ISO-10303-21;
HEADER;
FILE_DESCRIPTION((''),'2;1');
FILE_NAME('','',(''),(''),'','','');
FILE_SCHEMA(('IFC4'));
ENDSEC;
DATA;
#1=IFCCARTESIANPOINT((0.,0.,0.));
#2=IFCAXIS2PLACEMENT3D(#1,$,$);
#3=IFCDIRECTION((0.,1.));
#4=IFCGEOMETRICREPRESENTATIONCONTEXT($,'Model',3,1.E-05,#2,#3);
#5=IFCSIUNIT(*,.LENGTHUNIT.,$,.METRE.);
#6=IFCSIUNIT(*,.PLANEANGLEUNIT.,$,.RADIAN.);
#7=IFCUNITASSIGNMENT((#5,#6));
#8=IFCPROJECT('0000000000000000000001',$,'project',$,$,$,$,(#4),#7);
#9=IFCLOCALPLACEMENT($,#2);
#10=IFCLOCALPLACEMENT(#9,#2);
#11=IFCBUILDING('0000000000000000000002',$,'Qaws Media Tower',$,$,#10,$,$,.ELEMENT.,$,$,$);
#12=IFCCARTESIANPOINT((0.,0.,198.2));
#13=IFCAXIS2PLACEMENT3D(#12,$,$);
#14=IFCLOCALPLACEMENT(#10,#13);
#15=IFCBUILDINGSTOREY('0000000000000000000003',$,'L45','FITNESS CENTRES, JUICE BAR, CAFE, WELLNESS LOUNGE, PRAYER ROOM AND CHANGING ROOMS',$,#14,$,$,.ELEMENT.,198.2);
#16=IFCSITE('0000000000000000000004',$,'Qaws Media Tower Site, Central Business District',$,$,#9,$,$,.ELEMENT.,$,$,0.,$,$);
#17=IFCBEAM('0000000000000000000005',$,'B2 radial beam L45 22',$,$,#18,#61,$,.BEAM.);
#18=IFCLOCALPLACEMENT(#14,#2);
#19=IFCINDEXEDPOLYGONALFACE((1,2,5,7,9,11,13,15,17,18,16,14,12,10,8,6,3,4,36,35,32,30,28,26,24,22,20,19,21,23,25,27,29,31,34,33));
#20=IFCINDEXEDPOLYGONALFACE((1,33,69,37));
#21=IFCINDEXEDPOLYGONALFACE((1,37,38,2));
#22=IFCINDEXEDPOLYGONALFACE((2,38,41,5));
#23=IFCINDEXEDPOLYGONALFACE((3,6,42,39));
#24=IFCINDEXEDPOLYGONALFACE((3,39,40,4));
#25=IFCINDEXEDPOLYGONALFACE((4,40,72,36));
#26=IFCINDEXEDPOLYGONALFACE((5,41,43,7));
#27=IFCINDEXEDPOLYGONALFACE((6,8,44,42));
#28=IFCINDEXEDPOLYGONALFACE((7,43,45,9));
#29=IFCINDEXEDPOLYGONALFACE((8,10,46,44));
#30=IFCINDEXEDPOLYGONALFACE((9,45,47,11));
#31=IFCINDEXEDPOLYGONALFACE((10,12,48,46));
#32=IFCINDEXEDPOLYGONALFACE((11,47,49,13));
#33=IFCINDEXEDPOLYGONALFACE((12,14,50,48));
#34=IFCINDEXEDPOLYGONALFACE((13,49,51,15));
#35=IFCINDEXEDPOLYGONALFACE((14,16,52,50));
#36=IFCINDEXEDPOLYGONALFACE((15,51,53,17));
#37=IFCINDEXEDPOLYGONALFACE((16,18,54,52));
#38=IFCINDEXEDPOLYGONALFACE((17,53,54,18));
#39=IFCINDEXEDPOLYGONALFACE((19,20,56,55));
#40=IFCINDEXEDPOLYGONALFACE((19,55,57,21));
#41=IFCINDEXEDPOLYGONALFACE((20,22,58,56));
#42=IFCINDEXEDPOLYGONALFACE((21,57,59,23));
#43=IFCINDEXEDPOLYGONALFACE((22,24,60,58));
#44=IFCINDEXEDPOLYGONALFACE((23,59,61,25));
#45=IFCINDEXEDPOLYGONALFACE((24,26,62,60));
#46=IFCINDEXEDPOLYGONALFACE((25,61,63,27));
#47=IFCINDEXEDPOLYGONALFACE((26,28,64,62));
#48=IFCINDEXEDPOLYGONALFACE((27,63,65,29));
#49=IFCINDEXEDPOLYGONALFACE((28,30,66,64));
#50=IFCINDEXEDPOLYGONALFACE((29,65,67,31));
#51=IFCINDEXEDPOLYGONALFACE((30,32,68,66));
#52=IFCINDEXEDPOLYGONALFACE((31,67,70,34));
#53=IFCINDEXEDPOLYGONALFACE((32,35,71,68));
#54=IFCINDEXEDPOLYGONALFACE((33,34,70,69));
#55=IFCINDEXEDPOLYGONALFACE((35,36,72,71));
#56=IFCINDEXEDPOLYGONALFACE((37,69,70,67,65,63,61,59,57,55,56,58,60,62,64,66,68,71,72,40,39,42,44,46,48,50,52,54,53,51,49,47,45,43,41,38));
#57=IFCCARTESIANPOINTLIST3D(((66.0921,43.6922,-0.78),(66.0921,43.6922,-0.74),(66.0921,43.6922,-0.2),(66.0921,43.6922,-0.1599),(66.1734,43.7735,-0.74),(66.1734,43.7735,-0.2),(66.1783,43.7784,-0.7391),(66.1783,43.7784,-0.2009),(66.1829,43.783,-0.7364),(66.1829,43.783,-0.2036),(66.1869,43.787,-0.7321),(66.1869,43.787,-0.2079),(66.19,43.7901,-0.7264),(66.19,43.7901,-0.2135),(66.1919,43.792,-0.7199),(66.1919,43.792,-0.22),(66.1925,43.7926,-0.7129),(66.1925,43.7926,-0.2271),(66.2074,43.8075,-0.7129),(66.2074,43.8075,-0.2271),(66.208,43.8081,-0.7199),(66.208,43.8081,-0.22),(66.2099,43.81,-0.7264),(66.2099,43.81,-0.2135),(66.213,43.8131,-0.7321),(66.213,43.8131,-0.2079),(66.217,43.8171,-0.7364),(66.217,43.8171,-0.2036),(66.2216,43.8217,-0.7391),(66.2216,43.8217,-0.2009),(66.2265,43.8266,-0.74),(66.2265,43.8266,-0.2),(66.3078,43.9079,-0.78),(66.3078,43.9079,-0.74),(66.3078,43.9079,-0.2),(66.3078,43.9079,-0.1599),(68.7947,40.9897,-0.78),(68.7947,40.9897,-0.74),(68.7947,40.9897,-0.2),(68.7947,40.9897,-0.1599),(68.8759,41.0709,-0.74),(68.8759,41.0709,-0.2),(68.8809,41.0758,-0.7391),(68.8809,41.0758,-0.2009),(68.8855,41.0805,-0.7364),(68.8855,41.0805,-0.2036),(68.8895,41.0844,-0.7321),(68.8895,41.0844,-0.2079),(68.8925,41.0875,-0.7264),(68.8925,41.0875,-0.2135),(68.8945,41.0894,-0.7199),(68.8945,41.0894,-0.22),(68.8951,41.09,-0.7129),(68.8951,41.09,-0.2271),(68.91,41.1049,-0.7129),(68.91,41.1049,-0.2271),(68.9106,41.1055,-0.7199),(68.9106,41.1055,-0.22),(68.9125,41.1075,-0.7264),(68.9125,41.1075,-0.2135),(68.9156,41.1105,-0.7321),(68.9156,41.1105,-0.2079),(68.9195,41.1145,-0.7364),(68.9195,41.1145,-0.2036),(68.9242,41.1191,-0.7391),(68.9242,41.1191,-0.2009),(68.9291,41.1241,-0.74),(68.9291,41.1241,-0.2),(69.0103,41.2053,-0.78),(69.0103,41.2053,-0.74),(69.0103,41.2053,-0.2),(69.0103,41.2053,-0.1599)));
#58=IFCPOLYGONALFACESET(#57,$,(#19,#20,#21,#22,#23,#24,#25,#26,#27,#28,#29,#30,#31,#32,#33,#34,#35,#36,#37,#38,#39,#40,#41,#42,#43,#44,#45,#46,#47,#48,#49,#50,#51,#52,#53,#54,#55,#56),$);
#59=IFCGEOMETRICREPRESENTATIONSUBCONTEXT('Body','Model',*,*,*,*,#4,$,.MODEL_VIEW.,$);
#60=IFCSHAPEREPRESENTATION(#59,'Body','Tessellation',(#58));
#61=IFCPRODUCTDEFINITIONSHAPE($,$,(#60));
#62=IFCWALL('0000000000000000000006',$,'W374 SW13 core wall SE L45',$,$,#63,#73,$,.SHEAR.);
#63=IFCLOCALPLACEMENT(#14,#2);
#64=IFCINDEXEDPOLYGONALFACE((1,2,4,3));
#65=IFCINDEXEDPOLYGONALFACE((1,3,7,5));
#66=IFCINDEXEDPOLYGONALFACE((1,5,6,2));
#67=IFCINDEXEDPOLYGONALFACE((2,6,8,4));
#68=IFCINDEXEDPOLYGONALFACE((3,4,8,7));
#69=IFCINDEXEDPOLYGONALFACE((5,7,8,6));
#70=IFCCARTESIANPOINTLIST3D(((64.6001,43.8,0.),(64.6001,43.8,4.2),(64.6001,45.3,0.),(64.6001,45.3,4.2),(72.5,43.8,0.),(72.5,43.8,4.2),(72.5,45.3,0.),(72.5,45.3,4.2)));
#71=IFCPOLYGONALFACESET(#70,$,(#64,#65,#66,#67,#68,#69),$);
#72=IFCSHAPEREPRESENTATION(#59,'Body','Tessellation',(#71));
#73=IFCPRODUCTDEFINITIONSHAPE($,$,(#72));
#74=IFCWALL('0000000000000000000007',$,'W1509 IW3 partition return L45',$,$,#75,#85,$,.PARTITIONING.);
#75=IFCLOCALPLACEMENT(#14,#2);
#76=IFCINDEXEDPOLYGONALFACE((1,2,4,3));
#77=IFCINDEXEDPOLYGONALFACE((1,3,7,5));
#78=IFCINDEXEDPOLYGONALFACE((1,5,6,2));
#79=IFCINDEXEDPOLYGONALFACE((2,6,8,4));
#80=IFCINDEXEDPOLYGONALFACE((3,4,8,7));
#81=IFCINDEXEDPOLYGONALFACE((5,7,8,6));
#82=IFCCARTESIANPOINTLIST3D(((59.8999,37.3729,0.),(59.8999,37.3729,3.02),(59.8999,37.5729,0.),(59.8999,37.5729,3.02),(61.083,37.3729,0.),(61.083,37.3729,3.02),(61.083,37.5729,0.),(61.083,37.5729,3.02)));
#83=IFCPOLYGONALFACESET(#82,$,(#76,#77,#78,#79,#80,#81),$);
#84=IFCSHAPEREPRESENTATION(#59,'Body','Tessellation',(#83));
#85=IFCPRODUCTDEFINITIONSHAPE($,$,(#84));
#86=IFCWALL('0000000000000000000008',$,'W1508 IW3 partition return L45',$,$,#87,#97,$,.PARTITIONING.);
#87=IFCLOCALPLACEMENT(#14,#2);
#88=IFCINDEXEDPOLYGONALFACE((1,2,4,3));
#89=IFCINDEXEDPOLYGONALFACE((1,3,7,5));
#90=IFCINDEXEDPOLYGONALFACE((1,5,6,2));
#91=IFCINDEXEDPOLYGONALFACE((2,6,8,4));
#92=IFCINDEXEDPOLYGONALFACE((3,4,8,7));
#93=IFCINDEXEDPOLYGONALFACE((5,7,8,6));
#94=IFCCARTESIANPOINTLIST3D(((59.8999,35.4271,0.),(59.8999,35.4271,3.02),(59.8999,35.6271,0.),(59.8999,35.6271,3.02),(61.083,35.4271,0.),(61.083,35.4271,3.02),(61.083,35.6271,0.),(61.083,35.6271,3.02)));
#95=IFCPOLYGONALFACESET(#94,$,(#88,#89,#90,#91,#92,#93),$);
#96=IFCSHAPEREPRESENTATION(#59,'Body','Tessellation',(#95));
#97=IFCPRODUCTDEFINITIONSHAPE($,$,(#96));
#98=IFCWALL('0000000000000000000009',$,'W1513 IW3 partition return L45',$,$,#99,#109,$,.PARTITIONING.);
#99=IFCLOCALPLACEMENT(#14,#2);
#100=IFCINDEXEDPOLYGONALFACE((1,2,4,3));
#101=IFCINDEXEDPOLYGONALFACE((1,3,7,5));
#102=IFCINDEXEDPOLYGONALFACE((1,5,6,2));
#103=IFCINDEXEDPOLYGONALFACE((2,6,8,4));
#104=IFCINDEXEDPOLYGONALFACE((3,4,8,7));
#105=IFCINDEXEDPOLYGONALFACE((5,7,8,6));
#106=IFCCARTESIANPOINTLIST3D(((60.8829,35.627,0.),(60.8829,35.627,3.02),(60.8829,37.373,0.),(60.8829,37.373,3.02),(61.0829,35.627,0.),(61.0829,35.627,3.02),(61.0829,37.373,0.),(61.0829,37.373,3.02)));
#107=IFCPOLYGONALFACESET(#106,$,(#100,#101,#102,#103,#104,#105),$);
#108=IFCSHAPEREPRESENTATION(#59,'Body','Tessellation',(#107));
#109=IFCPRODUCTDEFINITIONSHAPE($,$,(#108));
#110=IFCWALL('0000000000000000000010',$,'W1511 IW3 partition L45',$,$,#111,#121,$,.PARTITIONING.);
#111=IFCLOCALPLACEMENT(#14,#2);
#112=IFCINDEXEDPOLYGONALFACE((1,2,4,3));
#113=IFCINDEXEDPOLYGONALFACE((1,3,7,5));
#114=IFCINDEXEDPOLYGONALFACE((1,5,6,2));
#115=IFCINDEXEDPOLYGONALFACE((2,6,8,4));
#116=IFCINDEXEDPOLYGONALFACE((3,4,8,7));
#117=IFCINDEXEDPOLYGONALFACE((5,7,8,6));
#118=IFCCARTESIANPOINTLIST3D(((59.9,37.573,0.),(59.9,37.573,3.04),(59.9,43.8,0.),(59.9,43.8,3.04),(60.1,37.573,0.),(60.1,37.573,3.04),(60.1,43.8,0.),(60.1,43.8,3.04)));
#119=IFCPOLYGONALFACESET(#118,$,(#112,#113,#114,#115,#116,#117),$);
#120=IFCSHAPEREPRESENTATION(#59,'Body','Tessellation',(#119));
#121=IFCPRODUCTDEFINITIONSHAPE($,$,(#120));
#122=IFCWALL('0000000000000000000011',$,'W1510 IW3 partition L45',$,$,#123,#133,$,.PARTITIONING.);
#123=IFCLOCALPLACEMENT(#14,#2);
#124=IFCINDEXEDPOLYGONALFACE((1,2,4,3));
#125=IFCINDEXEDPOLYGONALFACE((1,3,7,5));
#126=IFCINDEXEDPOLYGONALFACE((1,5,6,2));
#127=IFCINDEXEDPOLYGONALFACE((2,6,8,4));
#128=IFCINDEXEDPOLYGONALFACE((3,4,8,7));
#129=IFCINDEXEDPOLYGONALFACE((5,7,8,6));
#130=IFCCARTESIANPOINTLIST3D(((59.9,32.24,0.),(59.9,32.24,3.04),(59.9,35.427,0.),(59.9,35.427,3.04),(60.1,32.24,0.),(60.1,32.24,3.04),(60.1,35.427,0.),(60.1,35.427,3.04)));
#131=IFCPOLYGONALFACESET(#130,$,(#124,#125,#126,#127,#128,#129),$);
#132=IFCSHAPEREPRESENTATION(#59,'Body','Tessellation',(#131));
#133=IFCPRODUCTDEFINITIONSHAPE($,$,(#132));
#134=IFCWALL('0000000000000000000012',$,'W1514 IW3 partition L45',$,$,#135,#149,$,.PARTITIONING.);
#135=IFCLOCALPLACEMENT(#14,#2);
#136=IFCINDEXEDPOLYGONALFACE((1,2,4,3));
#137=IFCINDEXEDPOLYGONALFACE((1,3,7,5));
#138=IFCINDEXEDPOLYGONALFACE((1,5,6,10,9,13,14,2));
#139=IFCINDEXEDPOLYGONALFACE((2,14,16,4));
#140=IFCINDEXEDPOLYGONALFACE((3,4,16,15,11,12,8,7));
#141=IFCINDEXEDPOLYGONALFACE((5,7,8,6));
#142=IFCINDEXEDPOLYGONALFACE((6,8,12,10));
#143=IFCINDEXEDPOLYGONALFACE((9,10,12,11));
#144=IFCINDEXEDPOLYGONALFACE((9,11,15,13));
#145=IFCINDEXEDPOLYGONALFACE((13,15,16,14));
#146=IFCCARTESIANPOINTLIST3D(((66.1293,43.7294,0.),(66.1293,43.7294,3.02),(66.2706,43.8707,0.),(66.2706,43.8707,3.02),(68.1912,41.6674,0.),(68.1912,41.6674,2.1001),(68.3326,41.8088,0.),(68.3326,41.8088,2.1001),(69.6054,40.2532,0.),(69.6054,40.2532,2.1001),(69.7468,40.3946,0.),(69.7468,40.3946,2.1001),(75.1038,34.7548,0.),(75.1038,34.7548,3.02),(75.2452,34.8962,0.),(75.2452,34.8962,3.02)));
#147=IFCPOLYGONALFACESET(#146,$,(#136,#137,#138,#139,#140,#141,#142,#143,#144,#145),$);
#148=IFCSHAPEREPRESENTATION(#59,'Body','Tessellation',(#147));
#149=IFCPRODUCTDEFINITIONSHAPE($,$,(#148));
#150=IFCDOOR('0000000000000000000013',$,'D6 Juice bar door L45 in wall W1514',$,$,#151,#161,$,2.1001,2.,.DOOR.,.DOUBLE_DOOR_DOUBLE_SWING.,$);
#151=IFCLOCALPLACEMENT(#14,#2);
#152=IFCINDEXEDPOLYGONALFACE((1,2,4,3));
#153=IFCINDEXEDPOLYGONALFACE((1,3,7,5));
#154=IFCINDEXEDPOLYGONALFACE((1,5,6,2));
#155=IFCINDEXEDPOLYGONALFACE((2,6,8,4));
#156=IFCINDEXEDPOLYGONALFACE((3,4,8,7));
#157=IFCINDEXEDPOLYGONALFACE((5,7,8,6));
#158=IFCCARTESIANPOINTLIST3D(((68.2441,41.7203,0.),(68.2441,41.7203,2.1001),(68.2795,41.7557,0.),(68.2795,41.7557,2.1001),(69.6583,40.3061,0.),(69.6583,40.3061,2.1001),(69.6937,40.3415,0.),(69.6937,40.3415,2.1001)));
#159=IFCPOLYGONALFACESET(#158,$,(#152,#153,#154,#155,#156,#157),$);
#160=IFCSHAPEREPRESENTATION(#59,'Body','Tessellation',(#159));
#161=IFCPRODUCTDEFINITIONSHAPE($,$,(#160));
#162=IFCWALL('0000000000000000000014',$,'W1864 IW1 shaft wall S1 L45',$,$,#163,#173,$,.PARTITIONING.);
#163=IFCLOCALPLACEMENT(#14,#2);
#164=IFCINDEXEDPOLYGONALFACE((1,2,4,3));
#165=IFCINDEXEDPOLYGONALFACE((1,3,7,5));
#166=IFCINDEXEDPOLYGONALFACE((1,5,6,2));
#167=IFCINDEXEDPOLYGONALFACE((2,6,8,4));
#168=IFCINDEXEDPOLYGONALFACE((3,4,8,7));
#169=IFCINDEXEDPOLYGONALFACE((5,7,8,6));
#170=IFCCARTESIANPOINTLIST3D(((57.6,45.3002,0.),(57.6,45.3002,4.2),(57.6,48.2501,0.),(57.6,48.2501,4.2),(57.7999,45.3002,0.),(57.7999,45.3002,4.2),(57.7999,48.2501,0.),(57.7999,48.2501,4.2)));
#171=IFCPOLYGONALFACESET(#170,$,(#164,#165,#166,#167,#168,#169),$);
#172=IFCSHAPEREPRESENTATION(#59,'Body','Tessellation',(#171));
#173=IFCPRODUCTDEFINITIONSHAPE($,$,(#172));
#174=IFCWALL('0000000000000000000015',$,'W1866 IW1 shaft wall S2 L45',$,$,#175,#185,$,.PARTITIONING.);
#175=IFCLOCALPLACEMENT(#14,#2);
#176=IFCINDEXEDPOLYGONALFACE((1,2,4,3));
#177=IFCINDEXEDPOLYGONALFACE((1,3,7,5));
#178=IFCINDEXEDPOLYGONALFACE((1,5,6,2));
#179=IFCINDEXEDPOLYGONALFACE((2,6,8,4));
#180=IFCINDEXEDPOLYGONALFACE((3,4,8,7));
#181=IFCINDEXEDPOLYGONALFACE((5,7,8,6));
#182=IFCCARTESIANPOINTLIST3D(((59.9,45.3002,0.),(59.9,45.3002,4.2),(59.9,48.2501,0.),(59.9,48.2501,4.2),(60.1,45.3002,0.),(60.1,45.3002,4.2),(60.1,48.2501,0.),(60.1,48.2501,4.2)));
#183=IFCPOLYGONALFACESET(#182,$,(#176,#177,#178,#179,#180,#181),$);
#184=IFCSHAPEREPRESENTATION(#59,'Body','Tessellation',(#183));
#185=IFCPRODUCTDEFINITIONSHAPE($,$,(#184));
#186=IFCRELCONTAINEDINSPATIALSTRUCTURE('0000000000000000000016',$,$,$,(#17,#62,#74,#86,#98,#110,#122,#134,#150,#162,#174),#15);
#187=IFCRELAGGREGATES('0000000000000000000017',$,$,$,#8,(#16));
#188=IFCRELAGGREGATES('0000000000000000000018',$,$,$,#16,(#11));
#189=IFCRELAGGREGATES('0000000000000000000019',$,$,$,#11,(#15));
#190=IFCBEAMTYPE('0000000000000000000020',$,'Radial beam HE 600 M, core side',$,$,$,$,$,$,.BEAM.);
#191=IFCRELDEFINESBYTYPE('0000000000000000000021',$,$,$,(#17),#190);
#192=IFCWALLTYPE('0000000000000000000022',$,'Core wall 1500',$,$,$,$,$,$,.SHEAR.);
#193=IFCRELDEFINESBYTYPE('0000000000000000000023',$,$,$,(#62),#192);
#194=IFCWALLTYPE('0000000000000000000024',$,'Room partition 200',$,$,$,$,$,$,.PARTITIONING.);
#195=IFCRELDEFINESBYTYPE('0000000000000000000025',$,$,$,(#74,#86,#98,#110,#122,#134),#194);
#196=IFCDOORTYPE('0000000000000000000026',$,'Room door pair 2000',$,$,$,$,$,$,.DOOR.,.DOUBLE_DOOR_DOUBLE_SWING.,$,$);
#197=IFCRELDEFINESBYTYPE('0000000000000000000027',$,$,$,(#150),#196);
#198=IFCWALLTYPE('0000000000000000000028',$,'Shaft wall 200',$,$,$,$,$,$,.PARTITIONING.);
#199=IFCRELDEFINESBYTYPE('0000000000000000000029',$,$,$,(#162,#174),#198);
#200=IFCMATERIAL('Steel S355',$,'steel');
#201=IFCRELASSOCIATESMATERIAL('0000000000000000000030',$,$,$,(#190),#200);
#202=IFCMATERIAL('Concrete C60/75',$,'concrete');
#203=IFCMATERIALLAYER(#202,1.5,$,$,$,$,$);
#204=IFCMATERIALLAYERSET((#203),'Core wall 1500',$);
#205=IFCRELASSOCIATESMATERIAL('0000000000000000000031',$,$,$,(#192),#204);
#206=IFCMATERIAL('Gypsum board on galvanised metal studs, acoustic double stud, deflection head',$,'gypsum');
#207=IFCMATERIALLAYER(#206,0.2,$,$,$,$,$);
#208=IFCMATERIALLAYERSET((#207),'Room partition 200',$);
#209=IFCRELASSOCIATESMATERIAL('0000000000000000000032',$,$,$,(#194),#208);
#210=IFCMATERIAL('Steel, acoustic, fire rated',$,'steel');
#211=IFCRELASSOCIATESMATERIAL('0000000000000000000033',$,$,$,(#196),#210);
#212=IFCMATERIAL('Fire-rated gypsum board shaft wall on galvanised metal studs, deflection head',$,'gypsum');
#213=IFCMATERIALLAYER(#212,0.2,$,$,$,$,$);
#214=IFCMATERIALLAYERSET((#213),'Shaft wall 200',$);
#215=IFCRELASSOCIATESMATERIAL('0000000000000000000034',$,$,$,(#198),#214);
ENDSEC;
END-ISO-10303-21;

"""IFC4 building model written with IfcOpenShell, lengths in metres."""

from ifc_helpers import new_model, si_unit, direction, frame, frame_2d, origin, origin_2d, place, context, subcontext, project, spatial, rectangle, i_section, extrude, material, layer, layer_set, material_profile, profile_set, type_object, element, fill, save


model = new_model("IFC4")

# Units and contexts
model_context = context("Model", 3, precision=1e-05, world=origin(), true_north=direction((0.0, 1.0)))
body_context = subcontext(model_context, "Body", "Model", "MODEL_VIEW")
ifc_project = project(units=[si_unit("LENGTHUNIT", "METRE"), si_unit("PLANEANGLEUNIT", "RADIAN")], contexts=[model_context])

# Site, building, storey
site_placement = place(None, origin())
site = spatial("IfcSite", under=ifc_project, at=site_placement, Name="Qaws Media Tower Site, Central Business District", CompositionType="ELEMENT", RefElevation=0.0)
building_placement = place(site_placement, origin())
building = spatial("IfcBuilding", under=site, at=building_placement, Name="Qaws Media Tower", CompositionType="ELEMENT")
storey_placement = place(building_placement, frame((0.0, 0.0, 198.2)))
storey = spatial("IfcBuildingStorey", under=building, at=storey_placement, Name="L45", Description="FITNESS CENTRES, JUICE BAR, CAFE, WELLNESS LOUNGE, PRAYER ROOM AND CHANGING ROOMS", CompositionType="ELEMENT", Elevation=198.2)

# Beam
ifc_material_1 = material(Name="Steel S355", Category="steel")
ifc_material_profile_1 = material_profile(ifc_material_1, i_section(OverallWidth=0.3049, OverallDepth=0.6201, WebThickness=0.021, FlangeThickness=0.04, FilletRadius=0.0271, at=origin_2d()), Name="HE 600 M")
ifc_profile_set_1 = profile_set([ifc_material_profile_1], Name="Steel S355")
beam_type_1 = type_object("IfcBeamType", Name="Radial beam HE 600 M, core side", PredefinedType="BEAM", material=ifc_profile_set_1)
beam_1_placement = place(storey_placement, frame((66.2, 43.8, -0.47), z_axis=(0.707107, -0.707107, 0.0), x_axis=(0.707107, 0.707107, 0.0)))
element("IfcBeam", 1, at=beam_1_placement, inside=storey, type_object=beam_type_1, Name="B2 radial beam L45 22", PredefinedType="BEAM", context=body_context, shape_type="SweptSolid", body=[
    extrude(i_section(OverallWidth=0.3049, OverallDepth=0.6201, WebThickness=0.021, FlangeThickness=0.04, FilletRadius=0.0271, at=origin_2d()), origin(), (0.0, 0.0, 1.0), 3.822),
])

# Walls
ifc_material_2 = material(Name="Concrete C60/75", Category="concrete")
ifc_layer_1 = layer(ifc_material_2, 1.5)
ifc_layer_set_1 = layer_set([ifc_layer_1], Name="Core wall 1500")
wall_type_1 = type_object("IfcWallType", Name="Core wall 1500", PredefinedType="SHEAR", material=ifc_layer_set_1)
wall_1_placement = place(storey_placement, frame((64.6001, 44.55, 0.0), z_axis=(0.0, 0.0, 1.0), x_axis=(1.0, 0.0, 0.0)))
element("IfcWall", 2, at=wall_1_placement, inside=storey, type_object=wall_type_1, Name="W374 SW13 core wall SE L45", PredefinedType="SHEAR", context=body_context, shape_type="SweptSolid", body=[
    extrude(rectangle(XDim=7.8999, YDim=1.5, at=frame_2d((3.95, 0.0))), origin(), (0.0, 0.0, 1.0), 4.2),
])
ifc_material_3 = material(Name="Gypsum board on galvanised metal studs, acoustic double stud, deflection head", Category="gypsum")
ifc_layer_2 = layer(ifc_material_3, 0.2)
ifc_layer_set_2 = layer_set([ifc_layer_2], Name="Room partition 200")
wall_type_2 = type_object("IfcWallType", Name="Room partition 200", PredefinedType="PARTITIONING", material=ifc_layer_set_2)
for number, where, z_axis, x_axis, name in (
    (3, (59.8999, 37.4729, 0.0), (0.0, 0.0, 1.0), (1.0, 0.0, 0.0), "W1509 IW3 partition return L45"),
    (4, (59.8999, 35.5271, 0.0), (0.0, 0.0, 1.0), (1.0, 0.0, 0.0), "W1508 IW3 partition return L45"),
):
    element("IfcWall", number, at=place(storey_placement, frame(where, z_axis=z_axis, x_axis=x_axis)), inside=storey, type_object=wall_type_2, Name=name, PredefinedType="PARTITIONING", context=body_context, shape_type="SweptSolid", body=[
        extrude(rectangle(XDim=1.1831, YDim=0.2, at=frame_2d((0.5916, 0.0))), origin(), (0.0, 0.0, 1.0), 3.02),
    ])
wall_2_placement = place(storey_placement, frame((60.9829, 37.373, 0.0), z_axis=(0.0, 0.0, 1.0), x_axis=(0.0, -1.0, 0.0)))
element("IfcWall", 5, at=wall_2_placement, inside=storey, type_object=wall_type_2, Name="W1513 IW3 partition return L45", PredefinedType="PARTITIONING", context=body_context, shape_type="SweptSolid", body=[
    extrude(rectangle(XDim=1.7461, YDim=0.2, at=frame_2d((0.873, 0.0))), origin(), (0.0, 0.0, 1.0), 3.02),
])
wall_3_placement = place(storey_placement, frame((60.0, 43.8, 0.0), z_axis=(0.0, 0.0, 1.0), x_axis=(0.0, -1.0, 0.0)))
element("IfcWall", 6, at=wall_3_placement, inside=storey, type_object=wall_type_2, Name="W1511 IW3 partition L45", PredefinedType="PARTITIONING", context=body_context, shape_type="SweptSolid", body=[
    extrude(rectangle(XDim=6.2271, YDim=0.2, at=frame_2d((3.1135, 0.0))), origin(), (0.0, 0.0, 1.0), 3.04),
])
wall_4_placement = place(storey_placement, frame((60.0, 35.427, 0.0), z_axis=(0.0, 0.0, 1.0), x_axis=(0.0, -1.0, 0.0)))
element("IfcWall", 7, at=wall_4_placement, inside=storey, type_object=wall_type_2, Name="W1510 IW3 partition L45", PredefinedType="PARTITIONING", context=body_context, shape_type="SweptSolid", body=[
    extrude(rectangle(XDim=3.187, YDim=0.2, at=frame_2d((1.5935, 0.0))), origin(), (0.0, 0.0, 1.0), 3.04),
])

# Wall, opening, door
wall_5_placement = place(storey_placement, frame((66.2, 43.8, 0.0), z_axis=(0.0, 0.0, 1.0), x_axis=(0.707107, -0.707107, 0.0)))
wall_5 = element("IfcWall", 8, at=wall_5_placement, inside=storey, type_object=wall_type_2, Name="W1514 IW3 partition L45", PredefinedType="PARTITIONING", context=body_context, shape_type="SweptSolid", body=[
    extrude(rectangle(XDim=12.6919, YDim=0.2, at=frame_2d((6.3459, 0.0))), origin(), (0.0, 0.0, 1.0), 3.02),
])
opening_placement = place(wall_5_placement, frame((2.916, 0.0, 0.0)))
opening = element("IfcOpeningElement", 9, at=opening_placement, cuts=wall_5, PredefinedType="OPENING", context=body_context, shape_type="SweptSolid", body=[
    extrude(rectangle(XDim=2.0, YDim=2.1001, at=frame_2d((1.0, 1.05))), frame((0.0, 0.1099, 0.0), z_axis=(0.0, -1.0, 0.0), x_axis=(1.0, 0.0, 0.0)), (0.0, 0.0, 1.0), 0.22),
])
ifc_material_4 = material(Name="Steel, acoustic, fire rated", Category="steel")
door_type = type_object("IfcDoorType", Name="Room door pair 2000", OperationType="DOUBLE_DOOR_DOUBLE_SWING", PredefinedType="DOOR", material=ifc_material_4)
door_placement = place(opening_placement, origin())
door = element("IfcDoor", 10, at=door_placement, inside=storey, type_object=door_type, Name="D6 Juice bar door L45 in wall W1514", OperationType="DOUBLE_DOOR_DOUBLE_SWING", OverallHeight=2.1001, OverallWidth=2.0, PredefinedType="DOOR", context=body_context, shape_type="SweptSolid", body=[
    extrude(rectangle(XDim=2.0, YDim=2.1001, at=frame_2d((1.0, 1.05))), frame((0.0, 0.0249, 0.0), z_axis=(0.0, -1.0, 0.0), x_axis=(1.0, 0.0, 0.0)), (0.0, 0.0, 1.0), 0.05),
])
fill(opening, door)

# Walls
ifc_material_5 = material(Name="Fire-rated gypsum board shaft wall on galvanised metal studs, deflection head", Category="gypsum")
ifc_layer_3 = layer(ifc_material_5, 0.2)
ifc_layer_set_3 = layer_set([ifc_layer_3], Name="Shaft wall 200")
wall_type_3 = type_object("IfcWallType", Name="Shaft wall 200", PredefinedType="PARTITIONING", material=ifc_layer_set_3)
for number, where, z_axis, x_axis, name in (
    (11, (57.7, 45.3, 0.0), (0.0, 0.0, 1.0), (0.0, 1.0, 0.0), "W1864 IW1 shaft wall S1 L45"),
    (12, (60.0, 45.3, 0.0), (0.0, 0.0, 1.0), (0.0, 1.0, 0.0), "W1866 IW1 shaft wall S2 L45"),
):
    element("IfcWall", number, at=place(storey_placement, frame(where, z_axis=z_axis, x_axis=x_axis)), inside=storey, type_object=wall_type_3, Name=name, PredefinedType="PARTITIONING", context=body_context, shape_type="SweptSolid", body=[
        extrude(rectangle(XDim=2.95, YDim=0.2, at=frame_2d((1.4751, 0.0))), origin(), (0.0, 0.0, 1.0), 4.2),
    ])

save(model, "model.ifc")
